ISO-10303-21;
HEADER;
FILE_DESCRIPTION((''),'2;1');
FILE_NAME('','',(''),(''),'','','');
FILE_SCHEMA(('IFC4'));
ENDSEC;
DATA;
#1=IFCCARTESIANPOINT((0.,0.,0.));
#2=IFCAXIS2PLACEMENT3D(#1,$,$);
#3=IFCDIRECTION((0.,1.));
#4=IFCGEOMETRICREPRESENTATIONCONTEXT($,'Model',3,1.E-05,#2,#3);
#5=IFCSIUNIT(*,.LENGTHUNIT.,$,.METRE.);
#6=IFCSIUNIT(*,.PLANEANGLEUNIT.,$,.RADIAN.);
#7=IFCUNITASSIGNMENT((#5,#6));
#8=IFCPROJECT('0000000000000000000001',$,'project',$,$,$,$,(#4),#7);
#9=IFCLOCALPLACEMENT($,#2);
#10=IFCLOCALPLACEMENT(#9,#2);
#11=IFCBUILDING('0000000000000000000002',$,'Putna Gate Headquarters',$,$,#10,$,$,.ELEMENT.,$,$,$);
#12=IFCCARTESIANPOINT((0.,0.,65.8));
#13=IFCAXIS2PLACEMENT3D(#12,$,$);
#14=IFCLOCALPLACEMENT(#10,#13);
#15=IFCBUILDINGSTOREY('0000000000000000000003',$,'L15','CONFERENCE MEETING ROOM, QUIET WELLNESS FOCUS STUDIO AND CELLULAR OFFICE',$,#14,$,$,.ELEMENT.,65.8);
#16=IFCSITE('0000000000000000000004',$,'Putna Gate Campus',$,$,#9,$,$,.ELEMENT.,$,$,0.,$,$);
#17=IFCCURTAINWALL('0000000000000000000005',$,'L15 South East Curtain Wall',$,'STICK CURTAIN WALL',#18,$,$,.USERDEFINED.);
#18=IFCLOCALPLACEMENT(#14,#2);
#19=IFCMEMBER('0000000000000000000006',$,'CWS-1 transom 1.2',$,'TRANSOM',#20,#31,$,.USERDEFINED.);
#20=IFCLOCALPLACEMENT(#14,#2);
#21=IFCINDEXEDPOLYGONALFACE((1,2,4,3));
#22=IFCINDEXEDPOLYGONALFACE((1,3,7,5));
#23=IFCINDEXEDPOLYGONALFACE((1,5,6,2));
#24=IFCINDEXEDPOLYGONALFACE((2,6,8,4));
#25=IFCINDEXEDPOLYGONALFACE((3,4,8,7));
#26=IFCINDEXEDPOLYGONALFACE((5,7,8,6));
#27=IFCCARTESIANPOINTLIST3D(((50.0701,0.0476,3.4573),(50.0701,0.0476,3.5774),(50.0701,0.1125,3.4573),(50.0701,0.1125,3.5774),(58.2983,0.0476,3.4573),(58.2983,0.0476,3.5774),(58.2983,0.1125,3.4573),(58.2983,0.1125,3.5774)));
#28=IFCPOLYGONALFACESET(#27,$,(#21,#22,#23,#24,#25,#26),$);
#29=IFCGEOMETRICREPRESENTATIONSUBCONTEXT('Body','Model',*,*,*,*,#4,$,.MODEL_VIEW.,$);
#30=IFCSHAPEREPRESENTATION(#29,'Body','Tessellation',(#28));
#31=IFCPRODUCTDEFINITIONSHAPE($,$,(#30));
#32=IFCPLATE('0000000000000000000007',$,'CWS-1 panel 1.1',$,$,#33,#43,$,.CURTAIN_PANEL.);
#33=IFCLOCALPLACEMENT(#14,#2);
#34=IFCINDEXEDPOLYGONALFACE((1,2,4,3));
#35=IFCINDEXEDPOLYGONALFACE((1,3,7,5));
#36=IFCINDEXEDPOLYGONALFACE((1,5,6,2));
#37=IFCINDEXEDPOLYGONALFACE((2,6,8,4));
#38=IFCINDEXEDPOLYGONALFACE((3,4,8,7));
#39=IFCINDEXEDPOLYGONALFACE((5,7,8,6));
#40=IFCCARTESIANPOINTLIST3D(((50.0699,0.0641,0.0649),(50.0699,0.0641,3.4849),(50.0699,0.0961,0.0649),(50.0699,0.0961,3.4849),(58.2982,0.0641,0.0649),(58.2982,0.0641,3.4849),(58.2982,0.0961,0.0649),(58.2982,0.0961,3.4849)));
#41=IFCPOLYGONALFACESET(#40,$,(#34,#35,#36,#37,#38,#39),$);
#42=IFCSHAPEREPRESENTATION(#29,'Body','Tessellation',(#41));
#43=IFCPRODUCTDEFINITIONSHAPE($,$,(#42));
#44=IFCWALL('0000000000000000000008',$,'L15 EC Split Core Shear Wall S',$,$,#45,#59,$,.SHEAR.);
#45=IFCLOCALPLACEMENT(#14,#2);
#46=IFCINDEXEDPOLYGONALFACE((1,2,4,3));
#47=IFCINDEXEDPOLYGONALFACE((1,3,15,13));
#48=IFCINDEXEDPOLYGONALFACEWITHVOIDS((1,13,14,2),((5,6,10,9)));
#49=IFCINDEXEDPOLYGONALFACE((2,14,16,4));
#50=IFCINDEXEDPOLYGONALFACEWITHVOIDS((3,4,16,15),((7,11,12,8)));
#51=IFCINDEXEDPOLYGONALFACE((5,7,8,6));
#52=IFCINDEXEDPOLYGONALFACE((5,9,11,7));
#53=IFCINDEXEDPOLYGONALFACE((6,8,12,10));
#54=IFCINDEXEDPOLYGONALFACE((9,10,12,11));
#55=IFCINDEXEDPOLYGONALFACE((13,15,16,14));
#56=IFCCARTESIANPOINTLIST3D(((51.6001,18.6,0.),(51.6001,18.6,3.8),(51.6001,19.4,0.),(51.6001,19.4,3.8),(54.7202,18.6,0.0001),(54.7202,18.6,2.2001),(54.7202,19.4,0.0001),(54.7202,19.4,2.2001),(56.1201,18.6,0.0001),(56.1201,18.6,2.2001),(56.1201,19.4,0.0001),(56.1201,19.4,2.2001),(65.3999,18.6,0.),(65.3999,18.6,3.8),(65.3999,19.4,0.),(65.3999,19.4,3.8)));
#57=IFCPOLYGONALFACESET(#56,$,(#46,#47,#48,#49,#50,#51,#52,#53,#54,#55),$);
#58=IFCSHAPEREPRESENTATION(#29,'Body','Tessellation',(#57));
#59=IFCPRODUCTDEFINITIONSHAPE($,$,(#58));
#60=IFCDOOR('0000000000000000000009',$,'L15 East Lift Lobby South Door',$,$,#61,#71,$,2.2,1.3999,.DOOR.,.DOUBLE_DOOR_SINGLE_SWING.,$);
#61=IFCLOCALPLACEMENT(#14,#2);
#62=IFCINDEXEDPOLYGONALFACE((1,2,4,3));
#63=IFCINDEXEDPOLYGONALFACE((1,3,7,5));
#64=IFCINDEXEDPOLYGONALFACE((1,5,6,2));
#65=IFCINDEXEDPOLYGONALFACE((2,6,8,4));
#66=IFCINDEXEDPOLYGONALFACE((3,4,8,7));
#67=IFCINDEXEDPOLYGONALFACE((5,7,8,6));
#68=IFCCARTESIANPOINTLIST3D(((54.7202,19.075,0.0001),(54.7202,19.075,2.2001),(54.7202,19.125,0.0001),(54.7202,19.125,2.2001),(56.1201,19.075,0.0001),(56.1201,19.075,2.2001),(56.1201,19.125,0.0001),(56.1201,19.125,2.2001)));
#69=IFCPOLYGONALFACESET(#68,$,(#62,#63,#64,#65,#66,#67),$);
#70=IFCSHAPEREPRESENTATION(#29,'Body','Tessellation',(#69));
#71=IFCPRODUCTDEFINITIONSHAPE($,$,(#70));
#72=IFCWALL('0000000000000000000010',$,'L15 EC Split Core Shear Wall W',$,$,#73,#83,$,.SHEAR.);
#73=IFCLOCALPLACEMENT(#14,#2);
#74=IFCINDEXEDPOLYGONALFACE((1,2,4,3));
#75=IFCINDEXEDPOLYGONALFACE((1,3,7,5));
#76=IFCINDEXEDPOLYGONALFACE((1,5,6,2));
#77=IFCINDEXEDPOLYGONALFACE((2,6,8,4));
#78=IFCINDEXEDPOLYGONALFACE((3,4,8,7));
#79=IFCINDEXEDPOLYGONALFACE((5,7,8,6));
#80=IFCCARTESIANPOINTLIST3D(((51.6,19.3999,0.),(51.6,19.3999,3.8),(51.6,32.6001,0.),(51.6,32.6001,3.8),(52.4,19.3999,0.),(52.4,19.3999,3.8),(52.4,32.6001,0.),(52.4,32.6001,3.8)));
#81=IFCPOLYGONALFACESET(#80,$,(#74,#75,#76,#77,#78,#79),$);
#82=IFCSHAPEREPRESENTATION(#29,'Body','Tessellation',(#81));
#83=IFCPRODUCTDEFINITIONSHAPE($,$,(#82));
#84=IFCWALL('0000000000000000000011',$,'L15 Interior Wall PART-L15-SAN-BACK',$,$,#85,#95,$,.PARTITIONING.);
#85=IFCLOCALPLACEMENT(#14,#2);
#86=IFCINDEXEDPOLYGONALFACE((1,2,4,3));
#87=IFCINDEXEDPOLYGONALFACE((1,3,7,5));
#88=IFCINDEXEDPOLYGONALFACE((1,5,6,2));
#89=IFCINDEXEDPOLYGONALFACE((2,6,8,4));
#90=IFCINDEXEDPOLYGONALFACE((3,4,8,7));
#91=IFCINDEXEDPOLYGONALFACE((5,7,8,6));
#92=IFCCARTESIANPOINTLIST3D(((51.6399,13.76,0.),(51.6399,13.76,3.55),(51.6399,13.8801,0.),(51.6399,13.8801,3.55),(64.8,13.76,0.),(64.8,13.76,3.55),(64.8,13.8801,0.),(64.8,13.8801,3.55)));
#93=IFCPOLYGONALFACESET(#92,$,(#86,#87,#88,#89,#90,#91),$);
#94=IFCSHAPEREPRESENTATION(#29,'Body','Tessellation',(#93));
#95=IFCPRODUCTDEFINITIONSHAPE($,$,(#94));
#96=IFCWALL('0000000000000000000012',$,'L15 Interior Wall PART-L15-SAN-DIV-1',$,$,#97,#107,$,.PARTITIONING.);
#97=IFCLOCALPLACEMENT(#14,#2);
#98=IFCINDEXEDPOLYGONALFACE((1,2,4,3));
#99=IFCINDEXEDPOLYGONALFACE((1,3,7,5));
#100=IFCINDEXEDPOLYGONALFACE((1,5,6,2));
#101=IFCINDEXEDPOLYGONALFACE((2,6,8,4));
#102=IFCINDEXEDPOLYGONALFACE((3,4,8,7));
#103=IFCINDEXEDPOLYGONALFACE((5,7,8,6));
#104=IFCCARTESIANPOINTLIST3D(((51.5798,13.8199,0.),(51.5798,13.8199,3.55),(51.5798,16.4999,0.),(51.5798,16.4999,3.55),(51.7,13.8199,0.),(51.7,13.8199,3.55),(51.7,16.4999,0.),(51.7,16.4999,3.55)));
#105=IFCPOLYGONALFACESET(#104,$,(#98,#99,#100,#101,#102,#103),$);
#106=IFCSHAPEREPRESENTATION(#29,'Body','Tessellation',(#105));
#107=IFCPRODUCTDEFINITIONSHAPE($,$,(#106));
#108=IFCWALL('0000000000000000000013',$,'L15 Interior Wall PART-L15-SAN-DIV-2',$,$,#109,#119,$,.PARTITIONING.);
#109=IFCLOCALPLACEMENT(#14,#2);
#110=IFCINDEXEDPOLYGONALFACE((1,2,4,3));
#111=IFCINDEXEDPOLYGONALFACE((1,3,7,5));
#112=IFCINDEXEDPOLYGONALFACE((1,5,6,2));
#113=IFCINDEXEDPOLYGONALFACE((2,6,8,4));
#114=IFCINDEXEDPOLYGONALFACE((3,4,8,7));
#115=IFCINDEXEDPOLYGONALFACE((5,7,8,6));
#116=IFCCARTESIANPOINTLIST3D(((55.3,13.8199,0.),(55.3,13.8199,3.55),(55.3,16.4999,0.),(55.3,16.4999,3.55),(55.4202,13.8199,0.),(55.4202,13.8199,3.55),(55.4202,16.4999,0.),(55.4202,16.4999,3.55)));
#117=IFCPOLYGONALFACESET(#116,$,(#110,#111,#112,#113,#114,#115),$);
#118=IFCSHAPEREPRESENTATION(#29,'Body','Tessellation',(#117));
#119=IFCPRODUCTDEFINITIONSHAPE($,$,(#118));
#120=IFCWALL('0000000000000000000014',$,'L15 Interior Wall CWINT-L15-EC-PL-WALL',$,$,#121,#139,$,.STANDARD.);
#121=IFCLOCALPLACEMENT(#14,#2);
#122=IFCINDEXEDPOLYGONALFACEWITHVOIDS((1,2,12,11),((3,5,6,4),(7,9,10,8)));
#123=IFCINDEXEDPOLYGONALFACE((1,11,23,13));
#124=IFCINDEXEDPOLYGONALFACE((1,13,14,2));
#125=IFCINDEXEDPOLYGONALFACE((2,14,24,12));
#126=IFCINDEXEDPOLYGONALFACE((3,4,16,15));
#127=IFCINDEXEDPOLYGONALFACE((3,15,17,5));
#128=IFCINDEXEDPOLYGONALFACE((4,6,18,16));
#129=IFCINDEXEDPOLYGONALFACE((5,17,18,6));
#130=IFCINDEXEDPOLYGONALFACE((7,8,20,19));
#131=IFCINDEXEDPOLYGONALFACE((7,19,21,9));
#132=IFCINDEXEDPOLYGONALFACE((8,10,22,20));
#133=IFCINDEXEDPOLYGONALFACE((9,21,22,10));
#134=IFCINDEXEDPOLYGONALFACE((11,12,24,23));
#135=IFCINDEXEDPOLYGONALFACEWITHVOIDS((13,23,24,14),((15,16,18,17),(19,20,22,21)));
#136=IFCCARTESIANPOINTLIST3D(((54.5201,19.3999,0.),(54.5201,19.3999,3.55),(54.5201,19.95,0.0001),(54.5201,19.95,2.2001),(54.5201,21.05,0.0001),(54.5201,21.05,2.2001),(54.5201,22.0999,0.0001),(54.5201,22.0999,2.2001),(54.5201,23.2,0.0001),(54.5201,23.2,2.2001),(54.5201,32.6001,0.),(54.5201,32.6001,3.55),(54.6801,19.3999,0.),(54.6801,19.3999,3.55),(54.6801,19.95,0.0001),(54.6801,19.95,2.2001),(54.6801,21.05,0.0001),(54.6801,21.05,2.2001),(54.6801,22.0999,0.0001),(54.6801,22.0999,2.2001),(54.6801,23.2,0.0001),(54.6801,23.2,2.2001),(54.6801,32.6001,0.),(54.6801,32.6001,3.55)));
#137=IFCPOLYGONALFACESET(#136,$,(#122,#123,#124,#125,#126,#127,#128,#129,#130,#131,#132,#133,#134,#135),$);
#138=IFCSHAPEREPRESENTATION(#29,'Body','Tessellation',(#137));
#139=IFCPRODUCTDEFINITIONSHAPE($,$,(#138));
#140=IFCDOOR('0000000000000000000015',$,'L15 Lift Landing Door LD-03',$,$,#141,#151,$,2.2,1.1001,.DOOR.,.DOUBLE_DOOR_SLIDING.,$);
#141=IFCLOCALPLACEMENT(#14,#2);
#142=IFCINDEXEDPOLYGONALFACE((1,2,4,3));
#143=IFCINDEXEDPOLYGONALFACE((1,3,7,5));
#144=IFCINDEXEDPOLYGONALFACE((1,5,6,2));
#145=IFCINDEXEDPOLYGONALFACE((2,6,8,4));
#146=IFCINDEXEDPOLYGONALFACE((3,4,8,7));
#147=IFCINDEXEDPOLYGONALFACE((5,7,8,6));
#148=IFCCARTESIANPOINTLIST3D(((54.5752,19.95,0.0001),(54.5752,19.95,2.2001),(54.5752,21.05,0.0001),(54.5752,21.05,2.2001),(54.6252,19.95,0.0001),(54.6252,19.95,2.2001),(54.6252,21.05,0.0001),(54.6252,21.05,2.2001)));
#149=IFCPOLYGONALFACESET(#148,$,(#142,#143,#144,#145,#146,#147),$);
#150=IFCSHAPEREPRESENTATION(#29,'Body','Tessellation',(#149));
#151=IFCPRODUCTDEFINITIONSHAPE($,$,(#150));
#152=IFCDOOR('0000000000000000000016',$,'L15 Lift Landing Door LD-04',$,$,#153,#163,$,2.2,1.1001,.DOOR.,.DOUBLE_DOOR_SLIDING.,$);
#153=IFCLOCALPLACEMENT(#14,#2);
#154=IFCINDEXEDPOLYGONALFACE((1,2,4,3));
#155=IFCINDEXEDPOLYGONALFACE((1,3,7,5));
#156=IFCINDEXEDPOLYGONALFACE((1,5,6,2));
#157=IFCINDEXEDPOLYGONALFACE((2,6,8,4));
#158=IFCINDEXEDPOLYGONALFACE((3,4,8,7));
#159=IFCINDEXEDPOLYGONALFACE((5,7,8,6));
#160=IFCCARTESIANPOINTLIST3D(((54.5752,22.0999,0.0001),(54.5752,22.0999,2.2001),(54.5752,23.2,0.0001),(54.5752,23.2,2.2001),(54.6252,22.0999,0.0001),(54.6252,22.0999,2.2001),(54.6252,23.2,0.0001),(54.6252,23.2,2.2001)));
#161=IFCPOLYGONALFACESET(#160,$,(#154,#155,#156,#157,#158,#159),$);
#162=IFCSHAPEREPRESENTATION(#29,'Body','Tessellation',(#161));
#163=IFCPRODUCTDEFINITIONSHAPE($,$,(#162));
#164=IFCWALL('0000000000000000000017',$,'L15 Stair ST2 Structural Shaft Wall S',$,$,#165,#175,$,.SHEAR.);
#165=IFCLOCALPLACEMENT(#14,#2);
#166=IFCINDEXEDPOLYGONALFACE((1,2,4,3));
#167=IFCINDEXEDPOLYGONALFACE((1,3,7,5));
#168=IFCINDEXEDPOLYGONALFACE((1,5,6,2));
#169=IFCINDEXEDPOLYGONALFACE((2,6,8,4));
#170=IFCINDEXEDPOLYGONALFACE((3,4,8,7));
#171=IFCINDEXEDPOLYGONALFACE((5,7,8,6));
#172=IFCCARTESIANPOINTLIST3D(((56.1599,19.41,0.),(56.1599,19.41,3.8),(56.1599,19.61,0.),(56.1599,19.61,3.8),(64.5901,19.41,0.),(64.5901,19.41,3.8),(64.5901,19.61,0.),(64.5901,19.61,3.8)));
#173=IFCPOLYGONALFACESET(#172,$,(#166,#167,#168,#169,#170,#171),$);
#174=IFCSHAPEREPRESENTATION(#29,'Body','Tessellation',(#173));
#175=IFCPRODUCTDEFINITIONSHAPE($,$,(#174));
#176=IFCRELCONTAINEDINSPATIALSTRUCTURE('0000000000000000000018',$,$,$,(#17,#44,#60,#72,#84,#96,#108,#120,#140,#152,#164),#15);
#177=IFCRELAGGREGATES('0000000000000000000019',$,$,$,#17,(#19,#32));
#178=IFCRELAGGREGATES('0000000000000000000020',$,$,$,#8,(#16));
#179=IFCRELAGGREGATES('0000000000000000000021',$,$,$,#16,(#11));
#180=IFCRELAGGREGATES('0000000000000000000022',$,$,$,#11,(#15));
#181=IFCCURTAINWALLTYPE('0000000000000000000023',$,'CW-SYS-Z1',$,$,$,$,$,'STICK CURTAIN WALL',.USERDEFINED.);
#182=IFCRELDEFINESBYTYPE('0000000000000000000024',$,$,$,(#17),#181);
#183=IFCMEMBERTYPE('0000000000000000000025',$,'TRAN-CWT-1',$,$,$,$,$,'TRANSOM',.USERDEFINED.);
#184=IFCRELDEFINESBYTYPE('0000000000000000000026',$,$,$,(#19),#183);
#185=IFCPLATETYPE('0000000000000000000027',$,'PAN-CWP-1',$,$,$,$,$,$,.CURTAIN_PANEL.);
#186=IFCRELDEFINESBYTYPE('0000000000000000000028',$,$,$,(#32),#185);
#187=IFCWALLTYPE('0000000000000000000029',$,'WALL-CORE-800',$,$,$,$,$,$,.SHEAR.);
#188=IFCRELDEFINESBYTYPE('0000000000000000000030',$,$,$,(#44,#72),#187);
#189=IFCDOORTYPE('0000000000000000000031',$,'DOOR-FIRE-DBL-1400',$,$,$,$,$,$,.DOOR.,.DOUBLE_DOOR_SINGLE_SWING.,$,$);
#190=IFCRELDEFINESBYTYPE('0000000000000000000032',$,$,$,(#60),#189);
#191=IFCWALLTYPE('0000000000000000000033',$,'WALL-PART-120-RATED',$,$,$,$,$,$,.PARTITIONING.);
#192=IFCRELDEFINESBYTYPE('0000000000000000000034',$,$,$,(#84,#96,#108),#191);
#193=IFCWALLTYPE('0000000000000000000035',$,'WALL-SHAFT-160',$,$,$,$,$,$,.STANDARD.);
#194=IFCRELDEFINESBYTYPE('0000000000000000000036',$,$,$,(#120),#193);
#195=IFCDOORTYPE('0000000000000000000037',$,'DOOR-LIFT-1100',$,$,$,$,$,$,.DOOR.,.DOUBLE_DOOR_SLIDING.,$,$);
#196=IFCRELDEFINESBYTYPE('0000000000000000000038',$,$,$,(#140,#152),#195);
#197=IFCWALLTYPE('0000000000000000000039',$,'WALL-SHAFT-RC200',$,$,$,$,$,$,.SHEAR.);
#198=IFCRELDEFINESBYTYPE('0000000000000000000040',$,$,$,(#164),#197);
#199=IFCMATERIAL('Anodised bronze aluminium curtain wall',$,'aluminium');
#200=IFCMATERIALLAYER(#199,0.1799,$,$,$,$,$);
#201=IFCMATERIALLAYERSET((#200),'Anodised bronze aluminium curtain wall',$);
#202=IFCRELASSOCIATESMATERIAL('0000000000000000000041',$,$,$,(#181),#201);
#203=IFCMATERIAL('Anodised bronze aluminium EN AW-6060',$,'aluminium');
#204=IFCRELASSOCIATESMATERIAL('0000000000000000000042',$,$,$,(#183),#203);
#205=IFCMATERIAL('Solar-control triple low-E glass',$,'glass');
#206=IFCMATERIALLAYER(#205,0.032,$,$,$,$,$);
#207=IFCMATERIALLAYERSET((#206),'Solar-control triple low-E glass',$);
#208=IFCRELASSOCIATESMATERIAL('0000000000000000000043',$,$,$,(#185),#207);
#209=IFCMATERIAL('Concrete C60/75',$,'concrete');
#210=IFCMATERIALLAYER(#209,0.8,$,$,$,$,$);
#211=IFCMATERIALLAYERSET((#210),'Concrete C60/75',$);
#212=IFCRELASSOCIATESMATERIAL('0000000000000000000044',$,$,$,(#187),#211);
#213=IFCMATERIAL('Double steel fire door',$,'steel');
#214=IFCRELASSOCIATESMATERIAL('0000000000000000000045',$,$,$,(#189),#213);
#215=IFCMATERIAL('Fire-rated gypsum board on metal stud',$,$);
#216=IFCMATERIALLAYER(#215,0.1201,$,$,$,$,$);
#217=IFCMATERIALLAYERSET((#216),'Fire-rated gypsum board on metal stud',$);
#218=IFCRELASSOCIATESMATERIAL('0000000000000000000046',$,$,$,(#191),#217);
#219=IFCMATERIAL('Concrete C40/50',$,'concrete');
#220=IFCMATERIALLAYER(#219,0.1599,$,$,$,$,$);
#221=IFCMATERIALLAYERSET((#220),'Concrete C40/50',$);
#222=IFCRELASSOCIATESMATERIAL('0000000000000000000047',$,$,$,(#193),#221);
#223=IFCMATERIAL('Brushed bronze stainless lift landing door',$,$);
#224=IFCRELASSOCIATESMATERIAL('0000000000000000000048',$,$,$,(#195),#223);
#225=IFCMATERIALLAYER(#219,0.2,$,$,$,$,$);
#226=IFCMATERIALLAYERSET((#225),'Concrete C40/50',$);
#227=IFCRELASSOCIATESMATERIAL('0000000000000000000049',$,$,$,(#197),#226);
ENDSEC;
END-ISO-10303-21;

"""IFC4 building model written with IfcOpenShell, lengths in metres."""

from ifc_helpers import new_model, si_unit, direction, frame, frame_2d, origin, origin_2d, place, context, subcontext, project, spatial, rectangle, extrude, material, layer, layer_set, material_profile, profile_set, type_object, element, fill, aggregate, save


model = new_model("IFC4")

# Units and contexts
model_context = context("Model", 3, precision=1e-05, world=origin(), true_north=direction((0.0, 1.0)))
body_context = subcontext(model_context, "Body", "Model", "MODEL_VIEW")
ifc_project = project(units=[si_unit("LENGTHUNIT", "METRE"), si_unit("PLANEANGLEUNIT", "RADIAN")], contexts=[model_context])

# Site, building, storey
site_placement = place(None, origin())
site = spatial("IfcSite", under=ifc_project, at=site_placement, Name="Putna Gate Campus", CompositionType="ELEMENT", RefElevation=0.0)
building_placement = place(site_placement, origin())
building = spatial("IfcBuilding", under=site, at=building_placement, Name="Putna Gate Headquarters", CompositionType="ELEMENT")
storey_placement = place(building_placement, frame((0.0, 0.0, 65.8)))
storey = spatial("IfcBuildingStorey", under=building, at=storey_placement, Name="L15", Description="CONFERENCE MEETING ROOM, QUIET WELLNESS FOCUS STUDIO AND CELLULAR OFFICE", CompositionType="ELEMENT", Elevation=65.8)

# Shared definitions
ifc_material_1 = material(Name="Concrete C60/75", Category="concrete")

# Curtain wall
ifc_material_2 = material(Name="Anodised bronze aluminium curtain wall", Category="aluminium")
ifc_layer_1 = layer(ifc_material_2, 0.1799)
ifc_layer_set_1 = layer_set([ifc_layer_1], Name="Anodised bronze aluminium curtain wall")
curtain_wall_type_1 = type_object("IfcCurtainWallType", Name="CW-SYS-Z1", ElementType="STICK CURTAIN WALL", PredefinedType="USERDEFINED", material=ifc_layer_set_1)
curtain_wall_1_placement = place(storey_placement, origin())
curtain_wall_1 = element("IfcCurtainWall", 1, at=curtain_wall_1_placement, inside=storey, type_object=curtain_wall_type_1, Name="L15 South East Curtain Wall", ObjectType="STICK CURTAIN WALL", PredefinedType="USERDEFINED")
ifc_material_3 = material(Name="Anodised bronze aluminium EN AW-6060", Category="aluminium")

# Member
ifc_material_profile_1 = material_profile(ifc_material_3, rectangle(XDim=0.0649, YDim=0.1201, at=origin_2d()), Name="Anodised bronze aluminium EN AW-6060")
ifc_profile_set_1 = profile_set([ifc_material_profile_1], Name="Anodised bronze aluminium EN AW-6060")
member_type_1 = type_object("IfcMemberType", Name="TRAN-CWT-1", ElementType="TRANSOM", PredefinedType="USERDEFINED", material=ifc_profile_set_1)
member_1_placement = place(storey_placement, frame((50.0701, 0.0801, 3.5173), z_axis=(1.0, 0.0, 0.0), x_axis=(0.0, 1.0, 0.0)))
member_1 = element("IfcMember", 2, at=member_1_placement, type_object=member_type_1, Name="CWS-1 transom 1.2", ObjectType="TRANSOM", PredefinedType="USERDEFINED", context=body_context, shape_type="SweptSolid", body=[
    extrude(rectangle(XDim=0.0649, YDim=0.1201, at=origin_2d()), origin(), (0.0, 0.0, 1.0), 8.2283),
])

# Plate
ifc_material_4 = material(Name="Solar-control triple low-E glass", Category="glass")
ifc_layer_2 = layer(ifc_material_4, 0.032)
ifc_layer_set_2 = layer_set([ifc_layer_2], Name="Solar-control triple low-E glass")
plate_type = type_object("IfcPlateType", Name="PAN-CWP-1", PredefinedType="CURTAIN_PANEL", material=ifc_layer_set_2)
plate_placement = place(storey_placement, frame((54.1841, 0.0801, 0.0649), z_axis=(0.0, 0.0, 1.0), x_axis=(1.0, 0.0, 0.0)))
plate = element("IfcPlate", 3, at=plate_placement, type_object=plate_type, Name="CWS-1 panel 1.1", PredefinedType="CURTAIN_PANEL", context=body_context, shape_type="SweptSolid", body=[
    extrude(rectangle(XDim=8.2283, YDim=0.032, at=origin_2d()), origin(), (0.0, 0.0, 1.0), 3.4199),
])
aggregate(curtain_wall_1, [member_1, plate])

# Wall, opening, door
ifc_layer_3 = layer(ifc_material_1, 0.8)
ifc_layer_set_3 = layer_set([ifc_layer_3], Name="Concrete C60/75")
wall_type_1 = type_object("IfcWallType", Name="WALL-CORE-800", PredefinedType="SHEAR", material=ifc_layer_set_3)
wall_1_placement = place(storey_placement, frame((51.6001, 19.0, 0.0), z_axis=(0.0, 0.0, 1.0), x_axis=(1.0, 0.0, 0.0)))
wall_1 = element("IfcWall", 4, at=wall_1_placement, inside=storey, type_object=wall_type_1, Name="L15 EC Split Core Shear Wall S", PredefinedType="SHEAR", context=body_context, shape_type="SweptSolid", body=[
    extrude(rectangle(XDim=13.7998, YDim=0.8, at=frame_2d((6.8999, 0.0))), origin(), (0.0, 0.0, 1.0), 3.8),
])
opening_1_placement = place(wall_1_placement, frame((3.1201, 0.0, 0.0)))
opening_1 = element("IfcOpeningElement", 5, at=opening_1_placement, cuts=wall_1, PredefinedType="OPENING", context=body_context, shape_type="SweptSolid", body=[
    extrude(rectangle(XDim=1.3999, YDim=2.2, at=frame_2d((0.7, 1.1001))), frame((0.0, 0.4099, 0.0), z_axis=(0.0, -1.0, 0.0), x_axis=(1.0, 0.0, 0.0)), (0.0, 0.0, 1.0), 0.8201),
])
ifc_material_5 = material(Name="Double steel fire door", Category="steel")
door_type_1 = type_object("IfcDoorType", Name="DOOR-FIRE-DBL-1400", OperationType="DOUBLE_DOOR_SINGLE_SWING", PredefinedType="DOOR", material=ifc_material_5)
door_1_placement = place(opening_1_placement, origin())
door_1 = element("IfcDoor", 6, at=door_1_placement, inside=storey, type_object=door_type_1, Name="L15 East Lift Lobby South Door", OperationType="DOUBLE_DOOR_SINGLE_SWING", OverallHeight=2.2, OverallWidth=1.3999, PredefinedType="DOOR", context=body_context, shape_type="SweptSolid", body=[
    extrude(rectangle(XDim=1.3999, YDim=2.2, at=frame_2d((0.7, 1.1001))), frame((0.0, 0.125, 0.0), z_axis=(0.0, -1.0, 0.0), x_axis=(1.0, 0.0, 0.0)), (0.0, 0.0, 1.0), 0.05),
])
fill(opening_1, door_1)

# Wall
wall_2_placement = place(storey_placement, frame((52.0, 19.3999, 0.0), z_axis=(0.0, 0.0, 1.0), x_axis=(0.0, 1.0, 0.0)))
element("IfcWall", 7, at=wall_2_placement, inside=storey, type_object=wall_type_1, Name="L15 EC Split Core Shear Wall W", PredefinedType="SHEAR", context=body_context, shape_type="SweptSolid", body=[
    extrude(rectangle(XDim=13.2002, YDim=0.8, at=frame_2d((6.6001, 0.0))), origin(), (0.0, 0.0, 1.0), 3.8),
])

# Shared definitions
ifc_material_6 = material(Name="Fire-rated gypsum board on metal stud")
ifc_layer_4 = layer(ifc_material_6, 0.1201)
ifc_layer_set_4 = layer_set([ifc_layer_4], Name="Fire-rated gypsum board on metal stud")
wall_type_2 = type_object("IfcWallType", Name="WALL-PART-120-RATED", PredefinedType="PARTITIONING", material=ifc_layer_set_4)

# Walls
wall_3_placement = place(storey_placement, frame((51.6399, 13.8201, 0.0), z_axis=(0.0, 0.0, 1.0), x_axis=(1.0, 0.0, 0.0)))
element("IfcWall", 8, at=wall_3_placement, inside=storey, type_object=wall_type_2, Name="L15 Interior Wall PART-L15-SAN-BACK", PredefinedType="PARTITIONING", context=body_context, shape_type="SweptSolid", body=[
    extrude(rectangle(XDim=13.1602, YDim=0.1201, at=frame_2d((6.5801, 0.0))), origin(), (0.0, 0.0, 1.0), 3.55),
])
for number, where, z_axis, x_axis, name in (
    (9, (51.6399, 13.8201, 0.0), (0.0, 0.0, 1.0), (0.0, 1.0, 0.0), "L15 Interior Wall PART-L15-SAN-DIV-1"),
    (10, (55.3601, 13.8201, 0.0), (0.0, 0.0, 1.0), (0.0, 1.0, 0.0), "L15 Interior Wall PART-L15-SAN-DIV-2"),
):
    element("IfcWall", number, at=place(storey_placement, frame(where, z_axis=z_axis, x_axis=x_axis)), inside=storey, type_object=wall_type_2, Name=name, PredefinedType="PARTITIONING", context=body_context, shape_type="SweptSolid", body=[
        extrude(rectangle(XDim=2.6799, YDim=0.1201, at=frame_2d((1.3398, 0.0))), origin(), (0.0, 0.0, 1.0), 3.55),
    ])

# Wall, openings, doors
ifc_material_7 = material(Name="Concrete C40/50", Category="concrete")
ifc_layer_5 = layer(ifc_material_7, 0.1599)
ifc_layer_set_5 = layer_set([ifc_layer_5], Name="Concrete C40/50")
wall_type_3 = type_object("IfcWallType", Name="WALL-SHAFT-160", PredefinedType="STANDARD", material=ifc_layer_set_5)
wall_4_placement = place(storey_placement, frame((54.6001, 19.3999, 0.0), z_axis=(0.0, 0.0, 1.0), x_axis=(0.0, 1.0, 0.0)))
wall_4 = element("IfcWall", 11, at=wall_4_placement, inside=storey, type_object=wall_type_3, Name="L15 Interior Wall CWINT-L15-EC-PL-WALL", PredefinedType="STANDARD", context=body_context, shape_type="SweptSolid", body=[
    extrude(rectangle(XDim=13.2002, YDim=0.1599, at=frame_2d((6.6001, 0.0))), origin(), (0.0, 0.0, 1.0), 3.55),
])
opening_2_placement = place(wall_4_placement, frame((0.55, 0.0, 0.0)))
opening_2 = element("IfcOpeningElement", 12, at=opening_2_placement, cuts=wall_4, PredefinedType="OPENING", context=body_context, shape_type="SweptSolid", body=[
    extrude(rectangle(XDim=1.1001, YDim=2.2, at=frame_2d((0.55, 1.1001))), frame((0.0, 0.0898, 0.0), z_axis=(0.0, -1.0, 0.0), x_axis=(1.0, 0.0, 0.0)), (0.0, 0.0, 1.0), 0.1799),
])
opening_3_placement = place(wall_4_placement, frame((2.7, 0.0, 0.0)))
opening_3 = element("IfcOpeningElement", 13, at=opening_3_placement, cuts=wall_4, PredefinedType="OPENING", context=body_context, shape_type="SweptSolid", body=[
    extrude(rectangle(XDim=1.1001, YDim=2.2, at=frame_2d((0.55, 1.1001))), frame((0.0, 0.0898, 0.0), z_axis=(0.0, -1.0, 0.0), x_axis=(1.0, 0.0, 0.0)), (0.0, 0.0, 1.0), 0.1799),
])
ifc_material_8 = material(Name="Brushed bronze stainless lift landing door")
door_type_2 = type_object("IfcDoorType", Name="DOOR-LIFT-1100", OperationType="DOUBLE_DOOR_SLIDING", PredefinedType="DOOR", material=ifc_material_8)
door_2_placement = place(opening_2_placement, origin())
door_2 = element("IfcDoor", 14, at=door_2_placement, inside=storey, type_object=door_type_2, Name="L15 Lift Landing Door LD-03", OperationType="DOUBLE_DOOR_SLIDING", OverallHeight=2.2, OverallWidth=1.1001, PredefinedType="DOOR", context=body_context, shape_type="SweptSolid", body=[
    extrude(rectangle(XDim=1.1001, YDim=2.2, at=frame_2d((0.55, 1.1001))), frame((0.0, 0.0249, 0.0), z_axis=(0.0, -1.0, 0.0), x_axis=(1.0, 0.0, 0.0)), (0.0, 0.0, 1.0), 0.05),
])
fill(opening_2, door_2)
door_3_placement = place(opening_3_placement, origin())
door_3 = element("IfcDoor", 15, at=door_3_placement, inside=storey, type_object=door_type_2, Name="L15 Lift Landing Door LD-04", OperationType="DOUBLE_DOOR_SLIDING", OverallHeight=2.2, OverallWidth=1.1001, PredefinedType="DOOR", context=body_context, shape_type="SweptSolid", body=[
    extrude(rectangle(XDim=1.1001, YDim=2.2, at=frame_2d((0.55, 1.1001))), frame((0.0, 0.0249, 0.0), z_axis=(0.0, -1.0, 0.0), x_axis=(1.0, 0.0, 0.0)), (0.0, 0.0, 1.0), 0.05),
])
fill(opening_3, door_3)

# Wall
ifc_layer_6 = layer(ifc_material_7, 0.2)
ifc_layer_set_6 = layer_set([ifc_layer_6], Name="Concrete C40/50")
wall_type_4 = type_object("IfcWallType", Name="WALL-SHAFT-RC200", PredefinedType="SHEAR", material=ifc_layer_set_6)
wall_5_placement = place(storey_placement, frame((56.1599, 19.51, 0.0), z_axis=(0.0, 0.0, 1.0), x_axis=(1.0, 0.0, 0.0)))
element("IfcWall", 16, at=wall_5_placement, inside=storey, type_object=wall_type_4, Name="L15 Stair ST2 Structural Shaft Wall S", PredefinedType="SHEAR", context=body_context, shape_type="SweptSolid", body=[
    extrude(rectangle(XDim=8.4302, YDim=0.2, at=frame_2d((4.2151, 0.0))), origin(), (0.0, 0.0, 1.0), 3.8),
])

save(model, "model.ifc")
